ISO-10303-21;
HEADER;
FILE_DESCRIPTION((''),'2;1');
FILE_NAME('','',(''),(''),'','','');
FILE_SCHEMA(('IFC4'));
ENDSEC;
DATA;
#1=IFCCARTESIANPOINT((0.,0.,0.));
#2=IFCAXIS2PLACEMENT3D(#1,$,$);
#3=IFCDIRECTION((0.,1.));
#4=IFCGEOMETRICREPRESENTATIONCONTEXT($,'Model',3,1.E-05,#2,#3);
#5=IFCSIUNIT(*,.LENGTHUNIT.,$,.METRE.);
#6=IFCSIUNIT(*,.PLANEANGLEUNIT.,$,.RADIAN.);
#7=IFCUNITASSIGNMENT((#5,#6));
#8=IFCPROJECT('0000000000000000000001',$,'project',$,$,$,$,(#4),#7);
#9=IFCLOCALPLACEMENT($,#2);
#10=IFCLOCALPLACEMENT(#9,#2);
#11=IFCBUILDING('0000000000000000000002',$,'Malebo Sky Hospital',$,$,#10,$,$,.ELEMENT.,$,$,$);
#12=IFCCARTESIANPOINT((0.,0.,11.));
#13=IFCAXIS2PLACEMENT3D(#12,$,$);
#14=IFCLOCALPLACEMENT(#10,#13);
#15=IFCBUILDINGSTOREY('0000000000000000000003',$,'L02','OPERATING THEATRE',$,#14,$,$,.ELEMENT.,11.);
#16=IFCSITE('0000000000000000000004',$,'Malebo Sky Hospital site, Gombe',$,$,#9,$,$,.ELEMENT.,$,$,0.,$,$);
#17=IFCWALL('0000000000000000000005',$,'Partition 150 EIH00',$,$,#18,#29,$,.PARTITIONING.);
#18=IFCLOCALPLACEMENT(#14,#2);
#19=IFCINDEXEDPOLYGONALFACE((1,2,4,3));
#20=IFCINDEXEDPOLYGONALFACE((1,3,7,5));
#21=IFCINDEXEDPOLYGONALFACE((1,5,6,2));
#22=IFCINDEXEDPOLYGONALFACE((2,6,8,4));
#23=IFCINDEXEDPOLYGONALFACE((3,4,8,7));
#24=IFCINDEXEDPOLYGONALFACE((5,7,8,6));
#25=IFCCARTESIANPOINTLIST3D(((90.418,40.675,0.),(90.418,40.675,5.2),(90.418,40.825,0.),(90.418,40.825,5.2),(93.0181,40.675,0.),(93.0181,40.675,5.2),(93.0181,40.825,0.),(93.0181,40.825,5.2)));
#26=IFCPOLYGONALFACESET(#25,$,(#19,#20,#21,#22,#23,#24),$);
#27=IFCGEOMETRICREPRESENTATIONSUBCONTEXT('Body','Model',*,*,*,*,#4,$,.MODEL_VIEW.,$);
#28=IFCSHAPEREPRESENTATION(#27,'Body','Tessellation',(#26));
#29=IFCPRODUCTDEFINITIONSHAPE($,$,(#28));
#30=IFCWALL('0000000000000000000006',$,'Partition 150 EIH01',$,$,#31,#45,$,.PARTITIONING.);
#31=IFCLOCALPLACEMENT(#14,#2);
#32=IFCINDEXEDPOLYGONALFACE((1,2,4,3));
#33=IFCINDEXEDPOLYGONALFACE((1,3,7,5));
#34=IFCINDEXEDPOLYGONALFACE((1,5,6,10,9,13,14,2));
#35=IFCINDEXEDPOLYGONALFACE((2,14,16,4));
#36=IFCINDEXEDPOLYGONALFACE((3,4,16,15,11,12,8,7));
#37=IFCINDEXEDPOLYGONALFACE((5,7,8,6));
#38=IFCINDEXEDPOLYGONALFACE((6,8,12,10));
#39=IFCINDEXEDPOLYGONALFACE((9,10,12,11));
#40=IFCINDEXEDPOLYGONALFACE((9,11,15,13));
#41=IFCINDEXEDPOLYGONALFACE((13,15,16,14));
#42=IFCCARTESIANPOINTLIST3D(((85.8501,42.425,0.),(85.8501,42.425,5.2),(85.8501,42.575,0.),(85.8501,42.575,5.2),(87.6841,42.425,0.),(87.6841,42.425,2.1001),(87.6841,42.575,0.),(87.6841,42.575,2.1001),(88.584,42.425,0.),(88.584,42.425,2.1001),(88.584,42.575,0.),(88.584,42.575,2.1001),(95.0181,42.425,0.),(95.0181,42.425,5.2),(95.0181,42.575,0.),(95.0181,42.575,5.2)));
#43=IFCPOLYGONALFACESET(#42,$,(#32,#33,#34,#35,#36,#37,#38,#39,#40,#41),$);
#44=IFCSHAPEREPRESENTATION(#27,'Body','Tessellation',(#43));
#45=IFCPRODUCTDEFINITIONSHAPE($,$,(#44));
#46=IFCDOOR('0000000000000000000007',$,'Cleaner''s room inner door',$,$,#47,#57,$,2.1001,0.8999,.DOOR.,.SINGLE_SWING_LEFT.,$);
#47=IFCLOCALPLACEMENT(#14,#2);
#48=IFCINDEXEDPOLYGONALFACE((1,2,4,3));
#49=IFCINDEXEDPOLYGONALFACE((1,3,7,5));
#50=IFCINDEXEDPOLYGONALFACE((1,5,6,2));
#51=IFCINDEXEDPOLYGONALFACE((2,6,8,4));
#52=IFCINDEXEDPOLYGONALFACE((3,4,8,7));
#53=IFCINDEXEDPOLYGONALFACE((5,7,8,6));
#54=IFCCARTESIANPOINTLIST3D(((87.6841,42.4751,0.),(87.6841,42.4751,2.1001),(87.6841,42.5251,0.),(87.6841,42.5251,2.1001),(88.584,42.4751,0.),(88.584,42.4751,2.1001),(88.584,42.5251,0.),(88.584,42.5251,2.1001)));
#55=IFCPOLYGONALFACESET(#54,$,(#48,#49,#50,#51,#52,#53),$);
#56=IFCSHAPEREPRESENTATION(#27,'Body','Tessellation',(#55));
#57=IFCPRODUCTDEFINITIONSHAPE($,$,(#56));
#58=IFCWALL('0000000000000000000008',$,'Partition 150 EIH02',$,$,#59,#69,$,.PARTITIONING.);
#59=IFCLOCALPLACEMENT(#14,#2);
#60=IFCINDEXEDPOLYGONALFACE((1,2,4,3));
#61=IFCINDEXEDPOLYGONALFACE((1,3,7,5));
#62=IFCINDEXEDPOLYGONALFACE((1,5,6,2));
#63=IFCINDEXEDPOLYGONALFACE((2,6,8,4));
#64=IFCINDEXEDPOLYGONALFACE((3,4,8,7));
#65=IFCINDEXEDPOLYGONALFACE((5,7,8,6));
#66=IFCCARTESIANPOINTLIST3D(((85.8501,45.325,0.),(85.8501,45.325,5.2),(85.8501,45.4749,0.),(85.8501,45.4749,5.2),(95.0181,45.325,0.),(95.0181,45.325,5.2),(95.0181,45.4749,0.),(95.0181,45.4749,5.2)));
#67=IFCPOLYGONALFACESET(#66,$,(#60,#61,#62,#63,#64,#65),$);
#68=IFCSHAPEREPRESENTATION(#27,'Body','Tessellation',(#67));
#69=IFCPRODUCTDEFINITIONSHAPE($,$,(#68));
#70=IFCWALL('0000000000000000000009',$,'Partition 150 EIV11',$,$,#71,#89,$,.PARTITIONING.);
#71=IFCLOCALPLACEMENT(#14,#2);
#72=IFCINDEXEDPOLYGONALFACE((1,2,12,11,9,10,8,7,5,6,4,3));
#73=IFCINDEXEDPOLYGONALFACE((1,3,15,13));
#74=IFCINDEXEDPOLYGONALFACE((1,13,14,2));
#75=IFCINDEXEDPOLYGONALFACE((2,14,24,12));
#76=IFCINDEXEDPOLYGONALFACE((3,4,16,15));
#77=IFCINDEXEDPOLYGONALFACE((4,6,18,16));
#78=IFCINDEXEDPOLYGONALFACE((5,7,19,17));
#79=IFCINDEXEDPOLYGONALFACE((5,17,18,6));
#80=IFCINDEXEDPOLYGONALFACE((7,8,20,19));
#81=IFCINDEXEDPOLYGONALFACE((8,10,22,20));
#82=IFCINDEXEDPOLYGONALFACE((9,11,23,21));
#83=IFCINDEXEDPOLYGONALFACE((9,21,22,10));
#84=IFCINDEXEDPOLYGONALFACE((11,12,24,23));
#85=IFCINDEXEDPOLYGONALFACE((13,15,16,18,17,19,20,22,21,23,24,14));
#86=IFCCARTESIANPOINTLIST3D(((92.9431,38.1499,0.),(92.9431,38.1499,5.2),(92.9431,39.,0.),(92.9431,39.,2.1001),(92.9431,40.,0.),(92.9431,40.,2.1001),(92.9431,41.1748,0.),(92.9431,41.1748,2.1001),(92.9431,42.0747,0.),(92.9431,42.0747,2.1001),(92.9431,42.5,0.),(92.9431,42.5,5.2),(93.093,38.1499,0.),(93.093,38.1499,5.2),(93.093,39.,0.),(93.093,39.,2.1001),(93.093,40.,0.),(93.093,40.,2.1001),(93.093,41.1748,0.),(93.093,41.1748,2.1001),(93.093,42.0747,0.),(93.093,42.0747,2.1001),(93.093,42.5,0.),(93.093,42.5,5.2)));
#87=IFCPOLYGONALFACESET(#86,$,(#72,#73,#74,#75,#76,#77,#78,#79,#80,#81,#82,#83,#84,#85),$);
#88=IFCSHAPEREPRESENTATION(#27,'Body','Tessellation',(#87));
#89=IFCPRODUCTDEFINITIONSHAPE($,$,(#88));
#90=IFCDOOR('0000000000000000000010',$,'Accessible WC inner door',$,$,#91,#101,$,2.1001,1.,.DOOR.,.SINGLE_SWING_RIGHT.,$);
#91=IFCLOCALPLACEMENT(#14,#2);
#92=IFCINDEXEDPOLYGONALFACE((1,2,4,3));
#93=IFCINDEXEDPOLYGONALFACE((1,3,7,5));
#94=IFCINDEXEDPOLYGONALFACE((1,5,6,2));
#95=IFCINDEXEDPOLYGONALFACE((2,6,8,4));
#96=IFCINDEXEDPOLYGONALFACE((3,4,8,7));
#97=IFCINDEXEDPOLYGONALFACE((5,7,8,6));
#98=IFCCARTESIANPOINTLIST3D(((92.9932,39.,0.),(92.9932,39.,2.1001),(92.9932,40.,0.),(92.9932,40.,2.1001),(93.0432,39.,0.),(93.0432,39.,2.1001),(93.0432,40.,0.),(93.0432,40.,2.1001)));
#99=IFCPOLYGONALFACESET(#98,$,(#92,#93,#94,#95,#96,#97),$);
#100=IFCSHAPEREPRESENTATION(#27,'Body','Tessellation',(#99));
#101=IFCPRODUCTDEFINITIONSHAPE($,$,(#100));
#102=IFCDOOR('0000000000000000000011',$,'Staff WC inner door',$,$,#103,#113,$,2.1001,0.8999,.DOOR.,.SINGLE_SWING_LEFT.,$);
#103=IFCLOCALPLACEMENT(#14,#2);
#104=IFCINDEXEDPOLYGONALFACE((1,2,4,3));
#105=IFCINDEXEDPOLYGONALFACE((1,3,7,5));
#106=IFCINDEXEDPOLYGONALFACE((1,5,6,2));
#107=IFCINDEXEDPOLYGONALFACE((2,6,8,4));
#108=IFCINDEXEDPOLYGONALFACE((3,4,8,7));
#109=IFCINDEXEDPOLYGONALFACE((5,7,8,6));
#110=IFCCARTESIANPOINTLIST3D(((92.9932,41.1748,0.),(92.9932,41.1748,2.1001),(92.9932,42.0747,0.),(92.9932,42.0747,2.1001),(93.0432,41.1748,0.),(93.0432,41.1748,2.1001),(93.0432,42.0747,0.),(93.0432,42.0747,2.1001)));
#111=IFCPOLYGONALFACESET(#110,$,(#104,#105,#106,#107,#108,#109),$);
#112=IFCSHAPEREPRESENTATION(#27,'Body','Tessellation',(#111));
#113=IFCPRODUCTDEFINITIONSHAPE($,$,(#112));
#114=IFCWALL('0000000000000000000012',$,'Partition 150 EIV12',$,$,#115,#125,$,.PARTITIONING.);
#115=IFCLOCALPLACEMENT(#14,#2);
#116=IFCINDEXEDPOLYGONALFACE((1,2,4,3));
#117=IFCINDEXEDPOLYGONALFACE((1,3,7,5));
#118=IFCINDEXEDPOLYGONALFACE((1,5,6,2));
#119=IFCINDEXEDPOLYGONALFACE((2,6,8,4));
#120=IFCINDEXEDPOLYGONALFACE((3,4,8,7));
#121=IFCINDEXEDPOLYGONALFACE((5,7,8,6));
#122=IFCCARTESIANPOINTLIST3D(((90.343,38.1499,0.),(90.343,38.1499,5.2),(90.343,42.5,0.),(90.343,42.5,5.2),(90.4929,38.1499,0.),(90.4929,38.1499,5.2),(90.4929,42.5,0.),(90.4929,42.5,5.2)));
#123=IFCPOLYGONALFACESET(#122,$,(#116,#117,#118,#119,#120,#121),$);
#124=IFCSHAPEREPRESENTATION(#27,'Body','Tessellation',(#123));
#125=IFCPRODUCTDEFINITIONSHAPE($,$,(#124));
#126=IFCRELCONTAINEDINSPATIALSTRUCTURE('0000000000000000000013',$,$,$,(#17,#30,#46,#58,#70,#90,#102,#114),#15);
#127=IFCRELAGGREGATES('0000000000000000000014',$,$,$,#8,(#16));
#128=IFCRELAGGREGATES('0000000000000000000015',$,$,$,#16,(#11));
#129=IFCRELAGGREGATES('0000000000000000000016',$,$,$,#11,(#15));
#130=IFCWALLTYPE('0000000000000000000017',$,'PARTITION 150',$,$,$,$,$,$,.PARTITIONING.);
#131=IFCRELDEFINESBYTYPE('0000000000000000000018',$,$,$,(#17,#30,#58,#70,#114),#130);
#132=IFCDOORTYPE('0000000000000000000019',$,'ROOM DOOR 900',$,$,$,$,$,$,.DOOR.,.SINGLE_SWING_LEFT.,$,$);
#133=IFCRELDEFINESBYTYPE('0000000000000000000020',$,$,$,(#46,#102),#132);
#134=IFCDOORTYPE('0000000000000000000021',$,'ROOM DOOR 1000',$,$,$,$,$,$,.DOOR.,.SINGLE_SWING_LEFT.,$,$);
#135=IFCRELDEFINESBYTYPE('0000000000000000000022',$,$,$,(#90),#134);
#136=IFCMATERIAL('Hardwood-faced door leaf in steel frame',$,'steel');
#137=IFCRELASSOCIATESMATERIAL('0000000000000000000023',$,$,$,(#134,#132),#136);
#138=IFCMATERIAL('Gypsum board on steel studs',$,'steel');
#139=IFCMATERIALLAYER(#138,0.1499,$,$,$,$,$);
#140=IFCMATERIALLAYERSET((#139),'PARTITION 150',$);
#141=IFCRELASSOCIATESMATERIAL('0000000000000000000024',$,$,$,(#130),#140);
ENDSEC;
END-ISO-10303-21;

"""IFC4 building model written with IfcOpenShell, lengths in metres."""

from ifc_helpers import new_model, si_unit, direction, frame, frame_2d, origin, place, context, subcontext, project, spatial, rectangle, extrude, material, layer, layer_set, type_object, element, fill, save


model = new_model("IFC4")

# Units and contexts
model_context = context("Model", 3, precision=1e-05, world=origin(), true_north=direction((0.0, 1.0)))
body_context = subcontext(model_context, "Body", "Model", "MODEL_VIEW")
ifc_project = project(units=[si_unit("LENGTHUNIT", "METRE"), si_unit("PLANEANGLEUNIT", "RADIAN")], contexts=[model_context])

# Site, building, storey
site_placement = place(None, origin())
site = spatial("IfcSite", under=ifc_project, at=site_placement, Name="Malebo Sky Hospital site, Gombe", CompositionType="ELEMENT", RefElevation=0.0)
building_placement = place(site_placement, origin())
building = spatial("IfcBuilding", under=site, at=building_placement, Name="Malebo Sky Hospital", CompositionType="ELEMENT")
storey_placement = place(building_placement, frame((0.0, 0.0, 11.0)))
storey = spatial("IfcBuildingStorey", under=building, at=storey_placement, Name="L02", Description="OPERATING THEATRE", CompositionType="ELEMENT", Elevation=11.0)

# Shared definitions
ifc_material_1 = material(Name="Gypsum board on steel studs", Category="steel")
ifc_material_2 = material(Name="Hardwood-faced door leaf in steel frame", Category="steel")
door_type_1 = type_object("IfcDoorType", Name="ROOM DOOR 1000", OperationType="SINGLE_SWING_LEFT", PredefinedType="DOOR", material=ifc_material_2)

# Wall
ifc_layer_1 = layer(ifc_material_1, 0.1499)
ifc_layer_set_1 = layer_set([ifc_layer_1], Name="PARTITION 150")
wall_type_1 = type_object("IfcWallType", Name="PARTITION 150", PredefinedType="PARTITIONING", material=ifc_layer_set_1)
wall_1_placement = place(storey_placement, frame((93.0181, 40.75, 0.0), z_axis=(0.0, 0.0, 1.0), x_axis=(-1.0, 0.0, 0.0)))
element("IfcWall", 1, at=wall_1_placement, inside=storey, type_object=wall_type_1, Name="Partition 150 EIH00", PredefinedType="PARTITIONING", context=body_context, shape_type="SweptSolid", body=[
    extrude(rectangle(XDim=2.6001, YDim=0.1499, at=frame_2d((1.3, 0.0))), origin(), (0.0, 0.0, 1.0), 5.2),
])

# Wall, opening, door
wall_2_placement = place(storey_placement, frame((95.0181, 42.5, 0.0), z_axis=(0.0, 0.0, 1.0), x_axis=(-1.0, 0.0, 0.0)))
wall_2 = element("IfcWall", 2, at=wall_2_placement, inside=storey, type_object=wall_type_1, Name="Partition 150 EIH01", PredefinedType="PARTITIONING", context=body_context, shape_type="SweptSolid", body=[
    extrude(rectangle(XDim=9.168, YDim=0.1499, at=frame_2d((4.584, 0.0))), origin(), (0.0, 0.0, 1.0), 5.2),
])
opening_1_placement = place(wall_2_placement, frame((6.4341, 0.0, 0.0)))
opening_1 = element("IfcOpeningElement", 3, at=opening_1_placement, cuts=wall_2, PredefinedType="OPENING", context=body_context, shape_type="SweptSolid", body=[
    extrude(rectangle(XDim=0.8999, YDim=2.1001, at=frame_2d((0.45, 1.05))), frame((0.0, 0.085, 0.0), z_axis=(0.0, -1.0, 0.0), x_axis=(1.0, 0.0, 0.0)), (0.0, 0.0, 1.0), 0.1699),
])
door_type_2 = type_object("IfcDoorType", Name="ROOM DOOR 900", OperationType="SINGLE_SWING_LEFT", PredefinedType="DOOR", material=ifc_material_2)
door_1_placement = place(opening_1_placement, origin())
door_1 = element("IfcDoor", 4, at=door_1_placement, inside=storey, type_object=door_type_2, Name="Cleaner's room inner door", OperationType="SINGLE_SWING_LEFT", OverallHeight=2.1001, OverallWidth=0.8999, PredefinedType="DOOR", context=body_context, shape_type="SweptSolid", body=[
    extrude(rectangle(XDim=0.8999, YDim=2.1001, at=frame_2d((0.45, 1.05))), frame((0.0, 0.0249, 0.0), z_axis=(0.0, -1.0, 0.0), x_axis=(1.0, 0.0, 0.0)), (0.0, 0.0, 1.0), 0.05),
])
fill(opening_1, door_1)

# Wall
wall_3_placement = place(storey_placement, frame((95.0181, 45.3999, 0.0), z_axis=(0.0, 0.0, 1.0), x_axis=(-1.0, 0.0, 0.0)))
element("IfcWall", 5, at=wall_3_placement, inside=storey, type_object=wall_type_1, Name="Partition 150 EIH02", PredefinedType="PARTITIONING", context=body_context, shape_type="SweptSolid", body=[
    extrude(rectangle(XDim=9.168, YDim=0.1499, at=frame_2d((4.584, 0.0))), origin(), (0.0, 0.0, 1.0), 5.2),
])

# Wall, openings, doors
wall_4_placement = place(storey_placement, frame((93.0181, 38.1499, 0.0), z_axis=(0.0, 0.0, 1.0), x_axis=(0.0, 1.0, 0.0)))
wall_4 = element("IfcWall", 6, at=wall_4_placement, inside=storey, type_object=wall_type_1, Name="Partition 150 EIV11", PredefinedType="PARTITIONING", context=body_context, shape_type="SweptSolid", body=[
    extrude(rectangle(XDim=4.3501, YDim=0.1499, at=frame_2d((2.175, 0.0))), origin(), (0.0, 0.0, 1.0), 5.2),
])
opening_2_placement = place(wall_4_placement, frame((0.8501, 0.0, 0.0)))
opening_2 = element("IfcOpeningElement", 7, at=opening_2_placement, cuts=wall_4, PredefinedType="OPENING", context=body_context, shape_type="SweptSolid", body=[
    extrude(rectangle(XDim=1.0, YDim=2.1001, at=frame_2d((0.5, 1.05))), frame((0.0, 0.085, 0.0), z_axis=(0.0, -1.0, 0.0), x_axis=(1.0, 0.0, 0.0)), (0.0, 0.0, 1.0), 0.1699),
])
opening_3_placement = place(wall_4_placement, frame((3.0249, 0.0, 0.0)))
opening_3 = element("IfcOpeningElement", 8, at=opening_3_placement, cuts=wall_4, PredefinedType="OPENING", context=body_context, shape_type="SweptSolid", body=[
    extrude(rectangle(XDim=0.8999, YDim=2.1001, at=frame_2d((0.45, 1.05))), frame((0.0, 0.085, 0.0), z_axis=(0.0, -1.0, 0.0), x_axis=(1.0, 0.0, 0.0)), (0.0, 0.0, 1.0), 0.1699),
])
door_2_placement = place(opening_2_placement, origin())
door_2 = element("IfcDoor", 9, at=door_2_placement, inside=storey, type_object=door_type_1, Name="Accessible WC inner door", OperationType="SINGLE_SWING_RIGHT", OverallHeight=2.1001, OverallWidth=1.0, PredefinedType="DOOR", context=body_context, shape_type="SweptSolid", body=[
    extrude(rectangle(XDim=1.0, YDim=2.1001, at=frame_2d((0.5, 1.05))), frame((0.0, 0.0249, 0.0), z_axis=(0.0, -1.0, 0.0), x_axis=(1.0, 0.0, 0.0)), (0.0, 0.0, 1.0), 0.05),
])
fill(opening_2, door_2)
door_3_placement = place(opening_3_placement, origin())
door_3 = element("IfcDoor", 10, at=door_3_placement, inside=storey, type_object=door_type_2, Name="Staff WC inner door", OperationType="SINGLE_SWING_LEFT", OverallHeight=2.1001, OverallWidth=0.8999, PredefinedType="DOOR", context=body_context, shape_type="SweptSolid", body=[
    extrude(rectangle(XDim=0.8999, YDim=2.1001, at=frame_2d((0.45, 1.05))), frame((0.0, 0.0249, 0.0), z_axis=(0.0, -1.0, 0.0), x_axis=(1.0, 0.0, 0.0)), (0.0, 0.0, 1.0), 0.05),
])
fill(opening_3, door_3)

# Wall
wall_5_placement = place(storey_placement, frame((90.418, 38.1499, 0.0), z_axis=(0.0, 0.0, 1.0), x_axis=(0.0, 1.0, 0.0)))
element("IfcWall", 11, at=wall_5_placement, inside=storey, type_object=wall_type_1, Name="Partition 150 EIV12", PredefinedType="PARTITIONING", context=body_context, shape_type="SweptSolid", body=[
    extrude(rectangle(XDim=4.3501, YDim=0.1499, at=frame_2d((2.175, 0.0))), origin(), (0.0, 0.0, 1.0), 5.2),
])

save(model, "model.ifc")
